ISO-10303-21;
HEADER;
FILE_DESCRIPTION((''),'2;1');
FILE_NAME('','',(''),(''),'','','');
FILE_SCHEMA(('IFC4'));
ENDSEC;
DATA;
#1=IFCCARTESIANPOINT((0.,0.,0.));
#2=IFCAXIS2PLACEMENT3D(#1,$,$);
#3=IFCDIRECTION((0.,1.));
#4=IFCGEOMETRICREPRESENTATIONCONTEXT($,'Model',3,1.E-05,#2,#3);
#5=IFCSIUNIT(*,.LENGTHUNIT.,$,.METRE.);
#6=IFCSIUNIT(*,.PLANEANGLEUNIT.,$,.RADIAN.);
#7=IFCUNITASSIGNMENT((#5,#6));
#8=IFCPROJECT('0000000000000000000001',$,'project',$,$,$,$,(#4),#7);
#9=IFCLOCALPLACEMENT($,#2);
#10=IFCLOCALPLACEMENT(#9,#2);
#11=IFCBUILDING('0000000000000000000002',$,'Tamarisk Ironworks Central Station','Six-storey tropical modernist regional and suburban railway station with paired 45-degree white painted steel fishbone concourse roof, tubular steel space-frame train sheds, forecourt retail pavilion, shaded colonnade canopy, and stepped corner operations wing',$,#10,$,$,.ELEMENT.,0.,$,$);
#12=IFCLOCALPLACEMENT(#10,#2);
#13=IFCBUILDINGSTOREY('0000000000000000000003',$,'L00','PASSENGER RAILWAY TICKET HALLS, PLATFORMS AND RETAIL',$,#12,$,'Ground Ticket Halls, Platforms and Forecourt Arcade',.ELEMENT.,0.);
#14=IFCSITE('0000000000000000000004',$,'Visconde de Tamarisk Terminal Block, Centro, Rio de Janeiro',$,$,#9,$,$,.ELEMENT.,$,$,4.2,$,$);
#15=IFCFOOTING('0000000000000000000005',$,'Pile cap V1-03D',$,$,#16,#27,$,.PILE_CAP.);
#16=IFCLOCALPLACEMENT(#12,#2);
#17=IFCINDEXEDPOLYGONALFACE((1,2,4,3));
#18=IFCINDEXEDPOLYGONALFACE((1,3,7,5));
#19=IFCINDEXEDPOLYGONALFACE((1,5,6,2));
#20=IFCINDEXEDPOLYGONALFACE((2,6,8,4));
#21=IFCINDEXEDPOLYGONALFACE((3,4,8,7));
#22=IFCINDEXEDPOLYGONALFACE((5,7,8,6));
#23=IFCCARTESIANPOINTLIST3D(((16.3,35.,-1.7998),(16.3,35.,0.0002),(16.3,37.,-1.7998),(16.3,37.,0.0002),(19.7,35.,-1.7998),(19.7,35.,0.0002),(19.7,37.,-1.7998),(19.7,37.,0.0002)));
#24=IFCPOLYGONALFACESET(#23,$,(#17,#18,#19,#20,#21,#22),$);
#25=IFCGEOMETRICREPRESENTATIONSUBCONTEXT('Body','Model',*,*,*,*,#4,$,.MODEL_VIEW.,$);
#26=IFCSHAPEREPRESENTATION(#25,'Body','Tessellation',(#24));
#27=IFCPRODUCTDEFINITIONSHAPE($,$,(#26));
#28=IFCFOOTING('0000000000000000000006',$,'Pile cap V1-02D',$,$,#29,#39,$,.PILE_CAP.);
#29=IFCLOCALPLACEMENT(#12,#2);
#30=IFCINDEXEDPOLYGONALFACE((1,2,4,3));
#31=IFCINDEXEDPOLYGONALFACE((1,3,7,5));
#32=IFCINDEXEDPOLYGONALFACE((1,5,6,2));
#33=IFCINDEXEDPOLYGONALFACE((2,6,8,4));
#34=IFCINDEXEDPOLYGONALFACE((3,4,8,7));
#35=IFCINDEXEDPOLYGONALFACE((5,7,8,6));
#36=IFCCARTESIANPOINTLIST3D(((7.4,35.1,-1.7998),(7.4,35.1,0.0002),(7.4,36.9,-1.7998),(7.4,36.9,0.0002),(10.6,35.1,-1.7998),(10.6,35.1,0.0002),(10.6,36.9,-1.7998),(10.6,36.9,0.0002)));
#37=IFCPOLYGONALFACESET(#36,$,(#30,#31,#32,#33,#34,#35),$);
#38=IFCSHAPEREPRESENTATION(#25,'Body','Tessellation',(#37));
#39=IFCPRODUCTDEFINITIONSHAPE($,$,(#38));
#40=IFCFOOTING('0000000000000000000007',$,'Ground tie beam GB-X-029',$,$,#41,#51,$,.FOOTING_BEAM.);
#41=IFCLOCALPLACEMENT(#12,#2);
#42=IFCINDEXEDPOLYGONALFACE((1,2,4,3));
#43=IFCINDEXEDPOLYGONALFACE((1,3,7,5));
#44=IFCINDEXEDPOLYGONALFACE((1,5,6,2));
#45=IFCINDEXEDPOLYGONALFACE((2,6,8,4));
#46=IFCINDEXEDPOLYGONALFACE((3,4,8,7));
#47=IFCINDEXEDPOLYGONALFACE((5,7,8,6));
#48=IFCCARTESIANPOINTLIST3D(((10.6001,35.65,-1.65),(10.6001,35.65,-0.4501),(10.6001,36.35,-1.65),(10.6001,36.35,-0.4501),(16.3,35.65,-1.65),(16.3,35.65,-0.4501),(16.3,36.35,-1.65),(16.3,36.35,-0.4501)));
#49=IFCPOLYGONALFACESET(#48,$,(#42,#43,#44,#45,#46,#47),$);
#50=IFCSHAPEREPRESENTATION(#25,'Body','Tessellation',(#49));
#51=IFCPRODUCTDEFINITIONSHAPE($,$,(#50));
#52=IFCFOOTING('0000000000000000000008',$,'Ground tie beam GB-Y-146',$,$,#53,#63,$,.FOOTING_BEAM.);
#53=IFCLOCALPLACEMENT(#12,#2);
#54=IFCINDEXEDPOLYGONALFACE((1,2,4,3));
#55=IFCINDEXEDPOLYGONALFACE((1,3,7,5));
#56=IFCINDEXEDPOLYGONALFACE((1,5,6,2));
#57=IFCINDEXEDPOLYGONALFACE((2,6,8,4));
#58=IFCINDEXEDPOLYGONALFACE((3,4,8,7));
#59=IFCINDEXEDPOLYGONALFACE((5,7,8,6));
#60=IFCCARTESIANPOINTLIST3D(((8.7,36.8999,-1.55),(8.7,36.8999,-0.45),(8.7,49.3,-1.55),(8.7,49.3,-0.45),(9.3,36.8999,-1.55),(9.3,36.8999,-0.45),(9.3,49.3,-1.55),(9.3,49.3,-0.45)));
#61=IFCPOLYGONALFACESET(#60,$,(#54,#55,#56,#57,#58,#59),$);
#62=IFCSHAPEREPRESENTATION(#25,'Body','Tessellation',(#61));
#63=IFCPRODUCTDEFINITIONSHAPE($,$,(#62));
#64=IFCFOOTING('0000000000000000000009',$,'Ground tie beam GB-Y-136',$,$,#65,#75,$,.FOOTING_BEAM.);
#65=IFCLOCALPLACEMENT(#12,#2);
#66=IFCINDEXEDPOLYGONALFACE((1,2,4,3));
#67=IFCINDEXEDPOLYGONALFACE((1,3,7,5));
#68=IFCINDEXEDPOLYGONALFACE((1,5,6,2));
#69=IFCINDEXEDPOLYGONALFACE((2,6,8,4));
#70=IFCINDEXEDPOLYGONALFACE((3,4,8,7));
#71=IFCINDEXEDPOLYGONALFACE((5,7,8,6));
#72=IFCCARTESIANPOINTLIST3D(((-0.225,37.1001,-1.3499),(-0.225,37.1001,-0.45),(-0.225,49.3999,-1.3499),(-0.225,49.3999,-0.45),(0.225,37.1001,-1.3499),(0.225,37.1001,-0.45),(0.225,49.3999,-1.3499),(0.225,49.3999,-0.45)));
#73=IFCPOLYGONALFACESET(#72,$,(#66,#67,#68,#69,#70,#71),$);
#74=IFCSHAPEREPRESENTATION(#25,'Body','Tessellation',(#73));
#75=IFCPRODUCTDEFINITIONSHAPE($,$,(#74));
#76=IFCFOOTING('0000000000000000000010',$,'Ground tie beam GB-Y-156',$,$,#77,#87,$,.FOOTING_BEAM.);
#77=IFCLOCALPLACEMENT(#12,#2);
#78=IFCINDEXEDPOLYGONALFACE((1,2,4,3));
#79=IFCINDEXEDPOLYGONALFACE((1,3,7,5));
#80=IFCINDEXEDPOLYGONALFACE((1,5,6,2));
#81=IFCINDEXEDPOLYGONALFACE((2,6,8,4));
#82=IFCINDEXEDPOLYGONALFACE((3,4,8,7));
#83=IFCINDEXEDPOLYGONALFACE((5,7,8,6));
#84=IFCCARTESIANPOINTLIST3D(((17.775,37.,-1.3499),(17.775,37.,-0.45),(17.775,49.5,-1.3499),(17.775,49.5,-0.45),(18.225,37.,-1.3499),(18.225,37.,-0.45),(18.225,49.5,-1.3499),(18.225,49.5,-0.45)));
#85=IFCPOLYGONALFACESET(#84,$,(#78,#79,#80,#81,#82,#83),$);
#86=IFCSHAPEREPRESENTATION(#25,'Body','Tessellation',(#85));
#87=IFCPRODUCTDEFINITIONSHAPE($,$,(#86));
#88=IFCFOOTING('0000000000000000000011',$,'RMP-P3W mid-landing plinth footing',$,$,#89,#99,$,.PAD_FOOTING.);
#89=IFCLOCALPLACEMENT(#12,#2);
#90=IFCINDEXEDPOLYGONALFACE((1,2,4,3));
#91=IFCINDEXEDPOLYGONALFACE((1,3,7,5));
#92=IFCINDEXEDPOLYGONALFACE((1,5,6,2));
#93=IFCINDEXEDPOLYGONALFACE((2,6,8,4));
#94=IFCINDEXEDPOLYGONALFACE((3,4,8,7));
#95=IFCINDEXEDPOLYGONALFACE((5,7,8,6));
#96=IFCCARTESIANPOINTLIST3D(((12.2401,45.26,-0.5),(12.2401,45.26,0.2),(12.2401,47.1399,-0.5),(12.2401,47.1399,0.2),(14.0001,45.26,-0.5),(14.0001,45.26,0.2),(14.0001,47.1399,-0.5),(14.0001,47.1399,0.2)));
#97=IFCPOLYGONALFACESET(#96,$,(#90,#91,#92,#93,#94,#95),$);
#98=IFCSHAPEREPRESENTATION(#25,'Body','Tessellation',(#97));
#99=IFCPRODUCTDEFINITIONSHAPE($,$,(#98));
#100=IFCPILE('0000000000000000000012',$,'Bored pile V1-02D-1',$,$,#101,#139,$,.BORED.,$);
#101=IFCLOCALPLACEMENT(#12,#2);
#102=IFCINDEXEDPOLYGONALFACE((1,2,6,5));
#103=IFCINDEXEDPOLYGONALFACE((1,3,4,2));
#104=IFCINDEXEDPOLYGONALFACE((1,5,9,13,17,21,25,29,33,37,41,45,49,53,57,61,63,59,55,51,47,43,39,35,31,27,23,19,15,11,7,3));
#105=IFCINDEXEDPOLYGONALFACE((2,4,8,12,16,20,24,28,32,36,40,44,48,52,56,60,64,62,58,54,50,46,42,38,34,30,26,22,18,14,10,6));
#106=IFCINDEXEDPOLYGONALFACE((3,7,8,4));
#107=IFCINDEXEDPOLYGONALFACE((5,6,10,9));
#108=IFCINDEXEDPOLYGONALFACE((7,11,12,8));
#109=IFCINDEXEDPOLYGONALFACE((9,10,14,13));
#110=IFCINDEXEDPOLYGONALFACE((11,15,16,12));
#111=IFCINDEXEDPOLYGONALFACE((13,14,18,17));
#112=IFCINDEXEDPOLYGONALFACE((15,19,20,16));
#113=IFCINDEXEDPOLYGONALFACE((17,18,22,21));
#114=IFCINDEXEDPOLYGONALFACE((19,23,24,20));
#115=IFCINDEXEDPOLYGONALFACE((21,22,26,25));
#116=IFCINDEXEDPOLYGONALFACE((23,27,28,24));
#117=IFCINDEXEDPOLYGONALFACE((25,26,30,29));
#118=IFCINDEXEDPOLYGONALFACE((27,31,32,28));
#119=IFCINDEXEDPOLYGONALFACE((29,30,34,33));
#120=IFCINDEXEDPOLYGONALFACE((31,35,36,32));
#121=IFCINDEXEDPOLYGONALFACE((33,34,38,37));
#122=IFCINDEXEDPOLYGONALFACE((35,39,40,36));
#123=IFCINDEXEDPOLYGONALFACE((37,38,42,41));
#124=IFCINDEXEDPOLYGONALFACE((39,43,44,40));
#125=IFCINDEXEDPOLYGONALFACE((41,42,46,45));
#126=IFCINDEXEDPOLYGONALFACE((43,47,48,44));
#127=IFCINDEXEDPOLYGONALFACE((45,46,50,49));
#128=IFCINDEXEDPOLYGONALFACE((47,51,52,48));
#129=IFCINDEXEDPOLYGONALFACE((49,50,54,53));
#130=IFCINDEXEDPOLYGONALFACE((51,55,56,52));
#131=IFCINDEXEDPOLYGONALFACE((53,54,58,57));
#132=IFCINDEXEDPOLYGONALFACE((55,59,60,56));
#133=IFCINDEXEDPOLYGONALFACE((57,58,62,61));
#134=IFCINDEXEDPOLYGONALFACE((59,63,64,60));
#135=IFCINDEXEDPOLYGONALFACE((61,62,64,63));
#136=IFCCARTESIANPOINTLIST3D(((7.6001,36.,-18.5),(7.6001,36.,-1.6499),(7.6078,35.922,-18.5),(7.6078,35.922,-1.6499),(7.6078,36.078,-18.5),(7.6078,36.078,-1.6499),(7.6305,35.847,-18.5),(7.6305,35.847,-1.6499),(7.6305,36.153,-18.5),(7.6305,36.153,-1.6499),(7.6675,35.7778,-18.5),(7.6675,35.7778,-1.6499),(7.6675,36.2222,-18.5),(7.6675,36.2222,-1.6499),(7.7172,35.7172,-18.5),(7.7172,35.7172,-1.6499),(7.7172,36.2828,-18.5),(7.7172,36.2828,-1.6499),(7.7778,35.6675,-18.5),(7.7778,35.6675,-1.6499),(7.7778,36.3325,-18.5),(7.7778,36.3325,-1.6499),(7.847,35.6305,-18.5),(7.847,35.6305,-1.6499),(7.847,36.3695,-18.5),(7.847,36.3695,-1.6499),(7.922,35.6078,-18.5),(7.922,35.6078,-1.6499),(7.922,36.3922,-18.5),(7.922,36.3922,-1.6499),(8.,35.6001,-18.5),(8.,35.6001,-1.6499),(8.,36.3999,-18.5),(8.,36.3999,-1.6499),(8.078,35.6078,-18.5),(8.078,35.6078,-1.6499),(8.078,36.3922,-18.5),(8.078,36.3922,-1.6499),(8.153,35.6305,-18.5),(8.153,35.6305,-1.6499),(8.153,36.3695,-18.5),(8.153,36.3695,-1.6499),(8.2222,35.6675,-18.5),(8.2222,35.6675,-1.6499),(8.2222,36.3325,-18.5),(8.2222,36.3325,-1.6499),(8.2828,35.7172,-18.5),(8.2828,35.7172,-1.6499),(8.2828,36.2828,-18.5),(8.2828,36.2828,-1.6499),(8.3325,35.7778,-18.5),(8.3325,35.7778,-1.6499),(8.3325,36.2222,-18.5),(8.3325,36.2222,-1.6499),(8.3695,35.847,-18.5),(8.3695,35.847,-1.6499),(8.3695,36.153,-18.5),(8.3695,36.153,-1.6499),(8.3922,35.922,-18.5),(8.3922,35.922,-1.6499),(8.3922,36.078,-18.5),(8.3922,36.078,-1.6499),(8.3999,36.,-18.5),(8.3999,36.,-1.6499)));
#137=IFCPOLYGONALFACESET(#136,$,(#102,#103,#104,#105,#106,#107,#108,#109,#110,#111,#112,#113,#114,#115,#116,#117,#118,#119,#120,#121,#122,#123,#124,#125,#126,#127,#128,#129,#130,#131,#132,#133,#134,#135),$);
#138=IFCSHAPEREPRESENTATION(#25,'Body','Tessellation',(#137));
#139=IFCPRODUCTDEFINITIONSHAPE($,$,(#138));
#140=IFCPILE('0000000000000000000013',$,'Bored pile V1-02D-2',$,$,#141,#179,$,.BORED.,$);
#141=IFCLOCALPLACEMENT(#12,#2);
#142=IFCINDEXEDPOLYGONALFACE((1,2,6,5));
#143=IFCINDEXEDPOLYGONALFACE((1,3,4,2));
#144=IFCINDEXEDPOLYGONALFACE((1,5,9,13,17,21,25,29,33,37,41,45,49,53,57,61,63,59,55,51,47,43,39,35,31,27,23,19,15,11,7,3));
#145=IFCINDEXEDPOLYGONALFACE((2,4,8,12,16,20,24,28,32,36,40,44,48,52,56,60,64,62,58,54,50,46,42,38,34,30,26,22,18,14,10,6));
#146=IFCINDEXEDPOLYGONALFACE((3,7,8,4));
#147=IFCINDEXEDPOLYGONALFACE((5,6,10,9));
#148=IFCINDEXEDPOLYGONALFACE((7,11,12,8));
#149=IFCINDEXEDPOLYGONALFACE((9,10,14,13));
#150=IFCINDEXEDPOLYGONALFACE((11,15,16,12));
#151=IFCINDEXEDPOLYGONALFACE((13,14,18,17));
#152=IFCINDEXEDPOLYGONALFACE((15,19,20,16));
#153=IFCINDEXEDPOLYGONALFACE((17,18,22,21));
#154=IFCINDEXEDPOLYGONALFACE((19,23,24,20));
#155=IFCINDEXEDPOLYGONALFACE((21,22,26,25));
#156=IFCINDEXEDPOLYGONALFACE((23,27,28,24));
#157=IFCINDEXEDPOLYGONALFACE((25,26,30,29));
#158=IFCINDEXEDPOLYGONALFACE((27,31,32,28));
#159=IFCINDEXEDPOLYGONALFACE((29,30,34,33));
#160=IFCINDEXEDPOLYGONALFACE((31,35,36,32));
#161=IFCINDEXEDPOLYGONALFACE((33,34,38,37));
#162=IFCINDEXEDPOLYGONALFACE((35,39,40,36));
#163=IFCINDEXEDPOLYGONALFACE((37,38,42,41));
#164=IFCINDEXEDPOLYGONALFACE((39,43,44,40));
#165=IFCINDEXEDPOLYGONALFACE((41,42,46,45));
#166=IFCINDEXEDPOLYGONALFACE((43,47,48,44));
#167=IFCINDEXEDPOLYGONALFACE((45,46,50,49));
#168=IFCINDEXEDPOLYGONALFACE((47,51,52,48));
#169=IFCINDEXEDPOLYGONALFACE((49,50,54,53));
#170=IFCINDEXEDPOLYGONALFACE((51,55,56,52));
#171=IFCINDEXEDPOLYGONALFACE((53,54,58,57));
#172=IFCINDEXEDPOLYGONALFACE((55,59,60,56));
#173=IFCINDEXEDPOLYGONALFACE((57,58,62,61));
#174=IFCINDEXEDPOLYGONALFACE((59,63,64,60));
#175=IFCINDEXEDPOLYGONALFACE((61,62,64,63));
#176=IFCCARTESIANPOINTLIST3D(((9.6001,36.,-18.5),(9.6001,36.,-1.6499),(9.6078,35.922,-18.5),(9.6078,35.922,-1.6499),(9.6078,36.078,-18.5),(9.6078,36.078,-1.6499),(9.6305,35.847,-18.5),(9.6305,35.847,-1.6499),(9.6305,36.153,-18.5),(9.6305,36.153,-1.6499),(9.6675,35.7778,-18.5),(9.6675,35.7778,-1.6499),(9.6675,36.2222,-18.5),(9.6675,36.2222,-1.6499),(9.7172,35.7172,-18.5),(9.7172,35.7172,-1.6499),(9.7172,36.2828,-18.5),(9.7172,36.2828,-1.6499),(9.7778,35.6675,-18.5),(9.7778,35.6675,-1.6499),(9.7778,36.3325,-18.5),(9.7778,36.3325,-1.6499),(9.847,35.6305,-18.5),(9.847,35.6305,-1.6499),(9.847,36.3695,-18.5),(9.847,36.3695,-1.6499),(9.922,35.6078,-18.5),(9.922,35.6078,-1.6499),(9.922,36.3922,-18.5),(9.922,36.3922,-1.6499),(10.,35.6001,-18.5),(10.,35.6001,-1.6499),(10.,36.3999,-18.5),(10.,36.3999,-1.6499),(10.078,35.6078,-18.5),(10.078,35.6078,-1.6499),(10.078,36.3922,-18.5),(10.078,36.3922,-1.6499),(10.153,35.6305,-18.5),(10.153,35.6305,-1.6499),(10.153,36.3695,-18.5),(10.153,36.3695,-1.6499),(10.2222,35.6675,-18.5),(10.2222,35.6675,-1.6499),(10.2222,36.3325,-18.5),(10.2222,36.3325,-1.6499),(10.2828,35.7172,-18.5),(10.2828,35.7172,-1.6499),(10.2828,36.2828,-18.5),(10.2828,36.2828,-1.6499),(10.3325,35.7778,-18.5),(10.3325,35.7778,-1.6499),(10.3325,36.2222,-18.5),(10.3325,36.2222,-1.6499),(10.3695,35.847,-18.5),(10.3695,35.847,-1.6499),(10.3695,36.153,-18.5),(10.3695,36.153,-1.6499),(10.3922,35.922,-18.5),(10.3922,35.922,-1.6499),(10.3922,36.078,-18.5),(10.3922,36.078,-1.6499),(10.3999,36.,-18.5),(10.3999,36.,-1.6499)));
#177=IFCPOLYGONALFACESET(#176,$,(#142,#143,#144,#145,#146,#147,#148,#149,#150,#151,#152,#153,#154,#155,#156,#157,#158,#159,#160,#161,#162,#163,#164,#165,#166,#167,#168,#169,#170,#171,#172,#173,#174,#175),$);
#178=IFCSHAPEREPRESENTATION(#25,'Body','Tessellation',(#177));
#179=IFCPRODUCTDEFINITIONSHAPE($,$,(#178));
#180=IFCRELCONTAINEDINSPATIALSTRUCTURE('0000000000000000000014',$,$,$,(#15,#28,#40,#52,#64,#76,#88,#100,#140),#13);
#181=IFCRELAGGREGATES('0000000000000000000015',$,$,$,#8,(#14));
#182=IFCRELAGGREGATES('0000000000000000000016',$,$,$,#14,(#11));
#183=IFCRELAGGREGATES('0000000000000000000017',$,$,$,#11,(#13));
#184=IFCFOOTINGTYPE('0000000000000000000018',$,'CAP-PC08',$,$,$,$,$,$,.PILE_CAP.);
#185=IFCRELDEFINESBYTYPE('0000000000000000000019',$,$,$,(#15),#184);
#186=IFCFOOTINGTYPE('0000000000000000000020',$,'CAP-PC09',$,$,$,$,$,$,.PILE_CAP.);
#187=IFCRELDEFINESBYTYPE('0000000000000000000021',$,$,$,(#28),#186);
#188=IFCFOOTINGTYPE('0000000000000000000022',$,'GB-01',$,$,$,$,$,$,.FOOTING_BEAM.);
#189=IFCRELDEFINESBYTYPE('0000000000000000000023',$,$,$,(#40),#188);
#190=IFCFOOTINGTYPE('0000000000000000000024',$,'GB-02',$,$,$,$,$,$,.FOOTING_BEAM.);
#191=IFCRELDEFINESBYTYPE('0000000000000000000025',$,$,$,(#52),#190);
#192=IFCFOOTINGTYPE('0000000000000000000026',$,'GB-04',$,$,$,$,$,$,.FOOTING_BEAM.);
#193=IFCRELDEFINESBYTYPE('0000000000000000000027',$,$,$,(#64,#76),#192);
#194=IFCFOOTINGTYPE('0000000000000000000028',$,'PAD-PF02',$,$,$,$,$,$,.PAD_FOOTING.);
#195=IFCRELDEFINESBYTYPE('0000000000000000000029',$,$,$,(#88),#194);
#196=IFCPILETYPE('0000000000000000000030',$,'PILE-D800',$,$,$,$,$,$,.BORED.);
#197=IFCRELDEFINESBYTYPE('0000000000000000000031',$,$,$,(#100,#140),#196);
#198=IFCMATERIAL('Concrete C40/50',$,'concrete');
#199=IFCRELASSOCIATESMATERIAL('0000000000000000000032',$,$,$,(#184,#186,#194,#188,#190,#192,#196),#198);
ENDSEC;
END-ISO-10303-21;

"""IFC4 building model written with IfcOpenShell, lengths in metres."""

from ifc_helpers import new_model, si_unit, direction, frame, origin, origin_2d, place, context, subcontext, project, spatial, rectangle, circle, extrude, material, material_profile, profile_set, type_object, element, save


model = new_model("IFC4")

# Units and contexts
model_context = context("Model", 3, precision=1e-05, world=origin(), true_north=direction((0.0, 1.0)))
body_context = subcontext(model_context, "Body", "Model", "MODEL_VIEW")
ifc_project = project(units=[si_unit("LENGTHUNIT", "METRE"), si_unit("PLANEANGLEUNIT", "RADIAN")], contexts=[model_context])

# Site, building, storey
site_placement = place(None, origin())
site = spatial("IfcSite", under=ifc_project, at=site_placement, Name="Visconde de Tamarisk Terminal Block, Centro, Rio de Janeiro", CompositionType="ELEMENT", RefElevation=4.2)
building_placement = place(site_placement, origin())
building = spatial("IfcBuilding", under=site, at=building_placement, Name="Tamarisk Ironworks Central Station", Description="Six-storey tropical modernist regional and suburban railway station with paired 45-degree white painted steel fishbone concourse roof, tubular steel space-frame train sheds, forecourt retail pavilion, shaded colonnade canopy, and stepped corner operations wing", CompositionType="ELEMENT", ElevationOfRefHeight=0.0)
storey_placement = place(building_placement, origin())
storey = spatial("IfcBuildingStorey", under=building, at=storey_placement, Name="L00", Description="PASSENGER RAILWAY TICKET HALLS, PLATFORMS AND RETAIL", LongName="Ground Ticket Halls, Platforms and Forecourt Arcade", CompositionType="ELEMENT", Elevation=0.0)

# Footings
ifc_material_1 = material(Name="Concrete C40/50", Category="concrete")
footing_type_1 = type_object("IfcFootingType", Name="CAP-PC08", PredefinedType="PILE_CAP", material=ifc_material_1)
footing_1_placement = place(storey_placement, frame((18.0, 36.0, -1.7998), z_axis=(0.0, 0.0, 1.0), x_axis=(1.0, 0.0, 0.0)))
element("IfcFooting", 1, at=footing_1_placement, inside=storey, type_object=footing_type_1, Name="Pile cap V1-03D", PredefinedType="PILE_CAP", context=body_context, shape_type="SweptSolid", body=[
    extrude(rectangle(XDim=3.3999, YDim=2.0, at=origin_2d()), origin(), (0.0, 0.0, 1.0), 1.8),
])
footing_type_2 = type_object("IfcFootingType", Name="CAP-PC09", PredefinedType="PILE_CAP", material=ifc_material_1)
footing_2_placement = place(storey_placement, frame((9.0, 36.0, -1.7998), z_axis=(0.0, 0.0, 1.0), x_axis=(1.0, 0.0, 0.0)))
element("IfcFooting", 2, at=footing_2_placement, inside=storey, type_object=footing_type_2, Name="Pile cap V1-02D", PredefinedType="PILE_CAP", context=body_context, shape_type="SweptSolid", body=[
    extrude(rectangle(XDim=3.2, YDim=1.8, at=origin_2d()), origin(), (0.0, 0.0, 1.0), 1.8),
])
ifc_material_profile_1 = material_profile(ifc_material_1, rectangle(XDim=0.7, YDim=1.2, at=origin_2d()), Name="GB01 700x1200")
ifc_profile_set_1 = profile_set([ifc_material_profile_1], Name="Concrete C40/50")
footing_type_3 = type_object("IfcFootingType", Name="GB-01", PredefinedType="FOOTING_BEAM", material=ifc_profile_set_1)
footing_3_placement = place(storey_placement, frame((10.6001, 36.0, -1.05), z_axis=(1.0, 0.0, 0.0), x_axis=(0.0, 1.0, 0.0)))
element("IfcFooting", 3, at=footing_3_placement, inside=storey, type_object=footing_type_3, Name="Ground tie beam GB-X-029", PredefinedType="FOOTING_BEAM", context=body_context, shape_type="SweptSolid", body=[
    extrude(rectangle(XDim=0.7, YDim=1.2, at=origin_2d()), origin(), (0.0, 0.0, 1.0), 5.7),
])
ifc_material_profile_2 = material_profile(ifc_material_1, rectangle(XDim=0.6001, YDim=1.1001, at=origin_2d()), Name="GB02 600x1100")
ifc_profile_set_2 = profile_set([ifc_material_profile_2], Name="Concrete C40/50")
footing_type_4 = type_object("IfcFootingType", Name="GB-02", PredefinedType="FOOTING_BEAM", material=ifc_profile_set_2)
footing_4_placement = place(storey_placement, frame((9.0, 36.8999, -1.0), z_axis=(0.0, 1.0, 0.0), x_axis=(-1.0, 0.0, 0.0)))
element("IfcFooting", 4, at=footing_4_placement, inside=storey, type_object=footing_type_4, Name="Ground tie beam GB-Y-146", PredefinedType="FOOTING_BEAM", context=body_context, shape_type="SweptSolid", body=[
    extrude(rectangle(XDim=0.6001, YDim=1.1001, at=origin_2d()), origin(), (0.0, 0.0, 1.0), 12.4001),
])
ifc_material_profile_3 = material_profile(ifc_material_1, rectangle(XDim=0.45, YDim=0.8999, at=origin_2d()), Name="GB04 450x900")
ifc_profile_set_3 = profile_set([ifc_material_profile_3], Name="Concrete C40/50")
footing_type_5 = type_object("IfcFootingType", Name="GB-04", PredefinedType="FOOTING_BEAM", material=ifc_profile_set_3)
footing_5_placement = place(storey_placement, frame((0.0, 37.1001, -0.8999), z_axis=(0.0, 1.0, 0.0), x_axis=(-1.0, 0.0, 0.0)))
element("IfcFooting", 5, at=footing_5_placement, inside=storey, type_object=footing_type_5, Name="Ground tie beam GB-Y-136", PredefinedType="FOOTING_BEAM", context=body_context, shape_type="SweptSolid", body=[
    extrude(rectangle(XDim=0.45, YDim=0.8999, at=origin_2d()), origin(), (0.0, 0.0, 1.0), 12.2998),
])
footing_6_placement = place(storey_placement, frame((18.0, 37.0, -0.8999), z_axis=(0.0, 1.0, 0.0), x_axis=(-1.0, 0.0, 0.0)))
element("IfcFooting", 6, at=footing_6_placement, inside=storey, type_object=footing_type_5, Name="Ground tie beam GB-Y-156", PredefinedType="FOOTING_BEAM", context=body_context, shape_type="SweptSolid", body=[
    extrude(rectangle(XDim=0.45, YDim=0.8999, at=origin_2d()), origin(), (0.0, 0.0, 1.0), 12.5),
])
footing_type_6 = type_object("IfcFootingType", Name="PAD-PF02", PredefinedType="PAD_FOOTING", material=ifc_material_1)
footing_7_placement = place(storey_placement, frame((13.1201, 46.2, -0.5), z_axis=(0.0, 0.0, 1.0), x_axis=(1.0, 0.0, 0.0)))
element("IfcFooting", 7, at=footing_7_placement, inside=storey, type_object=footing_type_6, Name="RMP-P3W mid-landing plinth footing", PredefinedType="PAD_FOOTING", context=body_context, shape_type="SweptSolid", body=[
    extrude(rectangle(XDim=1.76, YDim=1.8799, at=origin_2d()), origin(), (0.0, 0.0, 1.0), 0.7),
])

# Piles
ifc_material_profile_4 = material_profile(ifc_material_1, circle(Radius=0.3999, at=origin_2d()), Name="BORED PILE D800")
ifc_profile_set_4 = profile_set([ifc_material_profile_4], Name="Concrete C40/50")
pile_type = type_object("IfcPileType", Name="PILE-D800", PredefinedType="BORED", material=ifc_profile_set_4)
for number, where, z_axis, x_axis, name in (
    (8, (8.0, 36.0, -1.6499), (0.0, 0.0, -1.0), (1.0, 0.0, 0.0), "Bored pile V1-02D-1"),
    (9, (10.0, 36.0, -1.6499), (0.0, 0.0, -1.0), (1.0, 0.0, 0.0), "Bored pile V1-02D-2"),
):
    element("IfcPile", number, at=place(storey_placement, frame(where, z_axis=z_axis, x_axis=x_axis)), inside=storey, type_object=pile_type, Name=name, PredefinedType="BORED", context=body_context, shape_type="SweptSolid", body=[
        extrude(circle(Radius=0.3999, at=origin_2d()), origin(), (0.0, 0.0, 1.0), 16.8501),
    ])

save(model, "model.ifc")
